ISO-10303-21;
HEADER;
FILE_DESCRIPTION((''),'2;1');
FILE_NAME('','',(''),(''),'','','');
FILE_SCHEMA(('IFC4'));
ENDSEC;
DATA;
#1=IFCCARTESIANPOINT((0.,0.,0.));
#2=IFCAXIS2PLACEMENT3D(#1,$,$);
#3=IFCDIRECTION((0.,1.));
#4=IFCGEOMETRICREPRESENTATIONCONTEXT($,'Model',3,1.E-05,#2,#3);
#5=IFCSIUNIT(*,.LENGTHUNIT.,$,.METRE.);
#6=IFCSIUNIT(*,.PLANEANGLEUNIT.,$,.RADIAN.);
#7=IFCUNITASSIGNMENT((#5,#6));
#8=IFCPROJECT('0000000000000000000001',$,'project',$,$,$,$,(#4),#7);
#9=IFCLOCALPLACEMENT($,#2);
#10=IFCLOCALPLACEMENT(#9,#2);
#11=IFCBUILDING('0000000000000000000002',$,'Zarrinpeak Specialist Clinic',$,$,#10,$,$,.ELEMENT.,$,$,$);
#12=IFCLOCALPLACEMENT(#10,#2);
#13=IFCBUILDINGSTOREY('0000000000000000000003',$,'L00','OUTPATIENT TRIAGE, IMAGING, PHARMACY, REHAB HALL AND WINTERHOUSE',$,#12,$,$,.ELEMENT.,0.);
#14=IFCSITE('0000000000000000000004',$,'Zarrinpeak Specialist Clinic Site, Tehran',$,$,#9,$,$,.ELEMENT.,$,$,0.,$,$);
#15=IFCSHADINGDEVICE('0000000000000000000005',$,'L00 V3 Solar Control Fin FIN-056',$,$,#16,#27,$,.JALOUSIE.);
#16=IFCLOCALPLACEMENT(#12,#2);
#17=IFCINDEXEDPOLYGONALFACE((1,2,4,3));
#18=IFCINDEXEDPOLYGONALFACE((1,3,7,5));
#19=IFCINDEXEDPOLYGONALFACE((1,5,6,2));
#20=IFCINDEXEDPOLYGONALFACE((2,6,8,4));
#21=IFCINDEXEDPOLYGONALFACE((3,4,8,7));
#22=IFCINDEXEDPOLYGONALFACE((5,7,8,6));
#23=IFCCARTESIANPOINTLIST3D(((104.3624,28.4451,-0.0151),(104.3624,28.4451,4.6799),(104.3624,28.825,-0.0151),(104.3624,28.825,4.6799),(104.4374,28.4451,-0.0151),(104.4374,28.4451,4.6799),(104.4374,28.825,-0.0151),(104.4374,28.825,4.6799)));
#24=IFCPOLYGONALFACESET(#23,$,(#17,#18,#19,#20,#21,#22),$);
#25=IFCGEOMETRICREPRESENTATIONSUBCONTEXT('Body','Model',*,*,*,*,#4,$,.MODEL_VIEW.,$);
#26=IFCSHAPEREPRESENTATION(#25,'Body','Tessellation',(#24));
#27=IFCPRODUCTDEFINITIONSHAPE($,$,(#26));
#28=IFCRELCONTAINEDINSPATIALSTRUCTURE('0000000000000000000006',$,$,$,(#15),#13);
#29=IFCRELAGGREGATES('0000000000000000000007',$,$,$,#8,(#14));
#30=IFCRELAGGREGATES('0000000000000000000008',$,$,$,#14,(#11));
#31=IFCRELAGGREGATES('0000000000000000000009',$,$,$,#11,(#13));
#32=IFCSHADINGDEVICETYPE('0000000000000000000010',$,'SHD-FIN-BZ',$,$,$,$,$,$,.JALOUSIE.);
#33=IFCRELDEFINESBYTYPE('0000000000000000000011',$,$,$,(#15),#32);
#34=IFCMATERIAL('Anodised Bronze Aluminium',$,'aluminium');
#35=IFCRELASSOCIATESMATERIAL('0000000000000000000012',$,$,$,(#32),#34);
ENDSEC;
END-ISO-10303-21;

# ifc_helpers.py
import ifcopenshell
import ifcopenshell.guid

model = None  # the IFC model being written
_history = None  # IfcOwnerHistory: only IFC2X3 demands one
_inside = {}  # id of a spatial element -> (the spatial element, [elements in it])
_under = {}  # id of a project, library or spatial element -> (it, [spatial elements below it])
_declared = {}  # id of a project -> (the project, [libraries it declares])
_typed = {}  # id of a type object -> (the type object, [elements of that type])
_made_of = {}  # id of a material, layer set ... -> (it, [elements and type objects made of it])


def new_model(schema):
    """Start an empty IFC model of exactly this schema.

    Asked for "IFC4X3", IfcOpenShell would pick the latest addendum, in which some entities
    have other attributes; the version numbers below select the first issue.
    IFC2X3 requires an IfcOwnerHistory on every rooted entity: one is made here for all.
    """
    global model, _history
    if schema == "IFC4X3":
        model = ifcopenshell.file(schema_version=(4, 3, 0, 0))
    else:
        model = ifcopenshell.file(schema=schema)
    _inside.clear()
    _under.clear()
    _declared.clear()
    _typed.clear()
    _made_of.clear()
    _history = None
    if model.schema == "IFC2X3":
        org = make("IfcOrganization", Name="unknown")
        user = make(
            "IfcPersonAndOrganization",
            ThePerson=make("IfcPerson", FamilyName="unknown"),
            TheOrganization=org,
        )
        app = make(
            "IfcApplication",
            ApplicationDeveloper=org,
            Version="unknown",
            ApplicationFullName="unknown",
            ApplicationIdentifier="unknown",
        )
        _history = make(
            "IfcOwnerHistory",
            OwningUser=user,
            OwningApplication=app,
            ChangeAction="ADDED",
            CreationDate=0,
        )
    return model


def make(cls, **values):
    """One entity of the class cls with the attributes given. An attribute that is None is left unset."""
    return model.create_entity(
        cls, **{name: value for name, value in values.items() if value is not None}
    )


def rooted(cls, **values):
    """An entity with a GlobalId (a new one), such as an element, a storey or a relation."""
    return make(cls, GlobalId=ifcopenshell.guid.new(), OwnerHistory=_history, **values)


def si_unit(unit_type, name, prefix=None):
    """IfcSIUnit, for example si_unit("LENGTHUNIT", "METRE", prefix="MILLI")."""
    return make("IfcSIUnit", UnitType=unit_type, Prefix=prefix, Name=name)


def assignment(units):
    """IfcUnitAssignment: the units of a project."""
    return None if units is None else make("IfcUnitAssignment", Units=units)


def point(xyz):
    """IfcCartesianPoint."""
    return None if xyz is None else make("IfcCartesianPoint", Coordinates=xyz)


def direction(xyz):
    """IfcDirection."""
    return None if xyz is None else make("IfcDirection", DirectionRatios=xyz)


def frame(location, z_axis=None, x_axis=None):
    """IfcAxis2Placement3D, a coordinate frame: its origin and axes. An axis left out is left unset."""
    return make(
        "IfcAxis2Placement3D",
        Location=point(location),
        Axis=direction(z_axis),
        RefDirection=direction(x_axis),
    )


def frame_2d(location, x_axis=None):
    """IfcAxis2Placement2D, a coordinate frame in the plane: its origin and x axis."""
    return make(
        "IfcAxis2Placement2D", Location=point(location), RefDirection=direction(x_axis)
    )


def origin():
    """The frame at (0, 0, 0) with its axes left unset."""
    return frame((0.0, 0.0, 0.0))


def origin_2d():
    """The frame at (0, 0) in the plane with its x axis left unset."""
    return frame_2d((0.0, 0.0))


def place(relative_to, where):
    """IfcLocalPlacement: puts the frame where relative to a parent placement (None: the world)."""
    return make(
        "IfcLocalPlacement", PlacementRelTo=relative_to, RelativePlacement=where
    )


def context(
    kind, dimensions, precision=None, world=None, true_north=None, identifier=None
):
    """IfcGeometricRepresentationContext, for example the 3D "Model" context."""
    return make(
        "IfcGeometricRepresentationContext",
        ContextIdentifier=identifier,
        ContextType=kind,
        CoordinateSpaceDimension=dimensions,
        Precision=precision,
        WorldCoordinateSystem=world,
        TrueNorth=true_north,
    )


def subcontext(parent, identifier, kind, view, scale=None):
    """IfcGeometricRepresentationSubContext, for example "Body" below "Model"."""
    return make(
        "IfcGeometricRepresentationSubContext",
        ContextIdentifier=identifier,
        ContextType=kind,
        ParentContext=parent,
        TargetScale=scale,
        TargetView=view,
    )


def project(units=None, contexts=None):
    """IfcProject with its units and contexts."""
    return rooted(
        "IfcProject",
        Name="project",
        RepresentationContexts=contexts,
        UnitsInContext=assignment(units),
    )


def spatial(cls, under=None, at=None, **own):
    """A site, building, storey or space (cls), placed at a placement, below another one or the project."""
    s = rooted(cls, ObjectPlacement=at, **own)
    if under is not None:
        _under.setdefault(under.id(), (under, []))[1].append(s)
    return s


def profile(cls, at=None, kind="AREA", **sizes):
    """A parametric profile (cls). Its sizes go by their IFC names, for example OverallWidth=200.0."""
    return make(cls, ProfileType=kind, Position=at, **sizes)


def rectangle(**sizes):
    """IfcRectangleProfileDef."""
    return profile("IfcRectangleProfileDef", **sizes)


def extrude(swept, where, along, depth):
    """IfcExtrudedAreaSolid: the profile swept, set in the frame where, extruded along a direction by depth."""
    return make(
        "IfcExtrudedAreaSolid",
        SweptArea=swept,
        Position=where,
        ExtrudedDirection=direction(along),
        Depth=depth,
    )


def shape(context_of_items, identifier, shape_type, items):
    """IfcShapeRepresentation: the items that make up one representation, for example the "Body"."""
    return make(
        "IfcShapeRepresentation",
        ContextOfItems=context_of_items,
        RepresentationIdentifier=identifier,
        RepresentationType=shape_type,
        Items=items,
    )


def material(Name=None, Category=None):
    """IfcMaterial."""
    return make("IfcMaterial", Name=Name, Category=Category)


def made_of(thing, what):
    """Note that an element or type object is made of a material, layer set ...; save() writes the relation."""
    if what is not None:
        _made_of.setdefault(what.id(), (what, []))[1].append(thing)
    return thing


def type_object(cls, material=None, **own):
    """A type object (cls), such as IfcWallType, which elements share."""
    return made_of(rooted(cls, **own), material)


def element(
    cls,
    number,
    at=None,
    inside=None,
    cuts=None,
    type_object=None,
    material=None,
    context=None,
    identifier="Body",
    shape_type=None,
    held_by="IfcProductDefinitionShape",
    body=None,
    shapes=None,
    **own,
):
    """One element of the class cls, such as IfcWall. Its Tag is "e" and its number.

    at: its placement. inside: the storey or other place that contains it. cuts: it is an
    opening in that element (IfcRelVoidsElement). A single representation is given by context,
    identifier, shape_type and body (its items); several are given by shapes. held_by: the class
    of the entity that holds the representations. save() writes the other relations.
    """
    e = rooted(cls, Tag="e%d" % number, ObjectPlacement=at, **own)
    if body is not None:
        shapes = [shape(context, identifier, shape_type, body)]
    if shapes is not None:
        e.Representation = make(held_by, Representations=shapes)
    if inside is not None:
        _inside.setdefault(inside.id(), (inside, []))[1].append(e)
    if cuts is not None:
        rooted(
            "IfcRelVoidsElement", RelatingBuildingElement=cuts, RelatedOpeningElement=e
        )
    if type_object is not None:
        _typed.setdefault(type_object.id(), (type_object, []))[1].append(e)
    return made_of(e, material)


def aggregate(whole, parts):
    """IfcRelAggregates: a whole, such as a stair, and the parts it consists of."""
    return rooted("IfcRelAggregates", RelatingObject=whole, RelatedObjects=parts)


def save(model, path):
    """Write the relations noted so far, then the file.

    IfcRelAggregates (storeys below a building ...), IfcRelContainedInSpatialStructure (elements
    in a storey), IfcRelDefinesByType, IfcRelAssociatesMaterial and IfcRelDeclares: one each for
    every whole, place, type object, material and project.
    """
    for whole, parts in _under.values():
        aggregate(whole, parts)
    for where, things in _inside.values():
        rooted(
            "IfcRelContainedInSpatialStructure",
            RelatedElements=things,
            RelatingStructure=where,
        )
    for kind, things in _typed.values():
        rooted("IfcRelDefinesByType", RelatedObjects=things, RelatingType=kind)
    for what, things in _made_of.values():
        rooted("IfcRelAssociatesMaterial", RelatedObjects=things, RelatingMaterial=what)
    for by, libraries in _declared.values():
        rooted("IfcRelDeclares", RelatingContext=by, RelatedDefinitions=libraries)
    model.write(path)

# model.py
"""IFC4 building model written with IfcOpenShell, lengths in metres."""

from ifc_helpers import new_model, si_unit, direction, frame, origin, origin_2d, place, context, subcontext, project, spatial, rectangle, extrude, material, type_object, element, save


model = new_model("IFC4")

# Units and contexts
model_context = context("Model", 3, precision=1e-05, world=origin(), true_north=direction((0.0, 1.0)))
body_context = subcontext(model_context, "Body", "Model", "MODEL_VIEW")
ifc_project = project(units=[si_unit("LENGTHUNIT", "METRE"), si_unit("PLANEANGLEUNIT", "RADIAN")], contexts=[model_context])

# Site, building, storey
site_placement = place(None, origin())
site = spatial("IfcSite", under=ifc_project, at=site_placement, Name="Zarrinpeak Specialist Clinic Site, Tehran", CompositionType="ELEMENT", RefElevation=0.0)
building_placement = place(site_placement, origin())
building = spatial("IfcBuilding", under=site, at=building_placement, Name="Zarrinpeak Specialist Clinic", CompositionType="ELEMENT")
storey_placement = place(building_placement, origin())
storey = spatial("IfcBuildingStorey", under=building, at=storey_placement, Name="L00", Description="OUTPATIENT TRIAGE, IMAGING, PHARMACY, REHAB HALL AND WINTERHOUSE", CompositionType="ELEMENT", Elevation=0.0)

# Shading device
ifc_material_1 = material(Name="Anodised Bronze Aluminium", Category="aluminium")
shading_device_type = type_object("IfcShadingDeviceType", Name="SHD-FIN-BZ", PredefinedType="JALOUSIE", material=ifc_material_1)
shading_device_placement = place(storey_placement, frame((104.3999, 28.635, -0.0151), z_axis=(0.0, 0.0, 1.0), x_axis=(1.0, 0.0, 0.0)))
element("IfcShadingDevice", 1, at=shading_device_placement, inside=storey, type_object=shading_device_type, Name="L00 V3 Solar Control Fin FIN-056", PredefinedType="JALOUSIE", context=body_context, shape_type="SweptSolid", body=[
    extrude(rectangle(XDim=0.075, YDim=0.3799, at=origin_2d()), origin(), (0.0, 0.0, 1.0), 4.6951),
])

save(model, "model.ifc")
